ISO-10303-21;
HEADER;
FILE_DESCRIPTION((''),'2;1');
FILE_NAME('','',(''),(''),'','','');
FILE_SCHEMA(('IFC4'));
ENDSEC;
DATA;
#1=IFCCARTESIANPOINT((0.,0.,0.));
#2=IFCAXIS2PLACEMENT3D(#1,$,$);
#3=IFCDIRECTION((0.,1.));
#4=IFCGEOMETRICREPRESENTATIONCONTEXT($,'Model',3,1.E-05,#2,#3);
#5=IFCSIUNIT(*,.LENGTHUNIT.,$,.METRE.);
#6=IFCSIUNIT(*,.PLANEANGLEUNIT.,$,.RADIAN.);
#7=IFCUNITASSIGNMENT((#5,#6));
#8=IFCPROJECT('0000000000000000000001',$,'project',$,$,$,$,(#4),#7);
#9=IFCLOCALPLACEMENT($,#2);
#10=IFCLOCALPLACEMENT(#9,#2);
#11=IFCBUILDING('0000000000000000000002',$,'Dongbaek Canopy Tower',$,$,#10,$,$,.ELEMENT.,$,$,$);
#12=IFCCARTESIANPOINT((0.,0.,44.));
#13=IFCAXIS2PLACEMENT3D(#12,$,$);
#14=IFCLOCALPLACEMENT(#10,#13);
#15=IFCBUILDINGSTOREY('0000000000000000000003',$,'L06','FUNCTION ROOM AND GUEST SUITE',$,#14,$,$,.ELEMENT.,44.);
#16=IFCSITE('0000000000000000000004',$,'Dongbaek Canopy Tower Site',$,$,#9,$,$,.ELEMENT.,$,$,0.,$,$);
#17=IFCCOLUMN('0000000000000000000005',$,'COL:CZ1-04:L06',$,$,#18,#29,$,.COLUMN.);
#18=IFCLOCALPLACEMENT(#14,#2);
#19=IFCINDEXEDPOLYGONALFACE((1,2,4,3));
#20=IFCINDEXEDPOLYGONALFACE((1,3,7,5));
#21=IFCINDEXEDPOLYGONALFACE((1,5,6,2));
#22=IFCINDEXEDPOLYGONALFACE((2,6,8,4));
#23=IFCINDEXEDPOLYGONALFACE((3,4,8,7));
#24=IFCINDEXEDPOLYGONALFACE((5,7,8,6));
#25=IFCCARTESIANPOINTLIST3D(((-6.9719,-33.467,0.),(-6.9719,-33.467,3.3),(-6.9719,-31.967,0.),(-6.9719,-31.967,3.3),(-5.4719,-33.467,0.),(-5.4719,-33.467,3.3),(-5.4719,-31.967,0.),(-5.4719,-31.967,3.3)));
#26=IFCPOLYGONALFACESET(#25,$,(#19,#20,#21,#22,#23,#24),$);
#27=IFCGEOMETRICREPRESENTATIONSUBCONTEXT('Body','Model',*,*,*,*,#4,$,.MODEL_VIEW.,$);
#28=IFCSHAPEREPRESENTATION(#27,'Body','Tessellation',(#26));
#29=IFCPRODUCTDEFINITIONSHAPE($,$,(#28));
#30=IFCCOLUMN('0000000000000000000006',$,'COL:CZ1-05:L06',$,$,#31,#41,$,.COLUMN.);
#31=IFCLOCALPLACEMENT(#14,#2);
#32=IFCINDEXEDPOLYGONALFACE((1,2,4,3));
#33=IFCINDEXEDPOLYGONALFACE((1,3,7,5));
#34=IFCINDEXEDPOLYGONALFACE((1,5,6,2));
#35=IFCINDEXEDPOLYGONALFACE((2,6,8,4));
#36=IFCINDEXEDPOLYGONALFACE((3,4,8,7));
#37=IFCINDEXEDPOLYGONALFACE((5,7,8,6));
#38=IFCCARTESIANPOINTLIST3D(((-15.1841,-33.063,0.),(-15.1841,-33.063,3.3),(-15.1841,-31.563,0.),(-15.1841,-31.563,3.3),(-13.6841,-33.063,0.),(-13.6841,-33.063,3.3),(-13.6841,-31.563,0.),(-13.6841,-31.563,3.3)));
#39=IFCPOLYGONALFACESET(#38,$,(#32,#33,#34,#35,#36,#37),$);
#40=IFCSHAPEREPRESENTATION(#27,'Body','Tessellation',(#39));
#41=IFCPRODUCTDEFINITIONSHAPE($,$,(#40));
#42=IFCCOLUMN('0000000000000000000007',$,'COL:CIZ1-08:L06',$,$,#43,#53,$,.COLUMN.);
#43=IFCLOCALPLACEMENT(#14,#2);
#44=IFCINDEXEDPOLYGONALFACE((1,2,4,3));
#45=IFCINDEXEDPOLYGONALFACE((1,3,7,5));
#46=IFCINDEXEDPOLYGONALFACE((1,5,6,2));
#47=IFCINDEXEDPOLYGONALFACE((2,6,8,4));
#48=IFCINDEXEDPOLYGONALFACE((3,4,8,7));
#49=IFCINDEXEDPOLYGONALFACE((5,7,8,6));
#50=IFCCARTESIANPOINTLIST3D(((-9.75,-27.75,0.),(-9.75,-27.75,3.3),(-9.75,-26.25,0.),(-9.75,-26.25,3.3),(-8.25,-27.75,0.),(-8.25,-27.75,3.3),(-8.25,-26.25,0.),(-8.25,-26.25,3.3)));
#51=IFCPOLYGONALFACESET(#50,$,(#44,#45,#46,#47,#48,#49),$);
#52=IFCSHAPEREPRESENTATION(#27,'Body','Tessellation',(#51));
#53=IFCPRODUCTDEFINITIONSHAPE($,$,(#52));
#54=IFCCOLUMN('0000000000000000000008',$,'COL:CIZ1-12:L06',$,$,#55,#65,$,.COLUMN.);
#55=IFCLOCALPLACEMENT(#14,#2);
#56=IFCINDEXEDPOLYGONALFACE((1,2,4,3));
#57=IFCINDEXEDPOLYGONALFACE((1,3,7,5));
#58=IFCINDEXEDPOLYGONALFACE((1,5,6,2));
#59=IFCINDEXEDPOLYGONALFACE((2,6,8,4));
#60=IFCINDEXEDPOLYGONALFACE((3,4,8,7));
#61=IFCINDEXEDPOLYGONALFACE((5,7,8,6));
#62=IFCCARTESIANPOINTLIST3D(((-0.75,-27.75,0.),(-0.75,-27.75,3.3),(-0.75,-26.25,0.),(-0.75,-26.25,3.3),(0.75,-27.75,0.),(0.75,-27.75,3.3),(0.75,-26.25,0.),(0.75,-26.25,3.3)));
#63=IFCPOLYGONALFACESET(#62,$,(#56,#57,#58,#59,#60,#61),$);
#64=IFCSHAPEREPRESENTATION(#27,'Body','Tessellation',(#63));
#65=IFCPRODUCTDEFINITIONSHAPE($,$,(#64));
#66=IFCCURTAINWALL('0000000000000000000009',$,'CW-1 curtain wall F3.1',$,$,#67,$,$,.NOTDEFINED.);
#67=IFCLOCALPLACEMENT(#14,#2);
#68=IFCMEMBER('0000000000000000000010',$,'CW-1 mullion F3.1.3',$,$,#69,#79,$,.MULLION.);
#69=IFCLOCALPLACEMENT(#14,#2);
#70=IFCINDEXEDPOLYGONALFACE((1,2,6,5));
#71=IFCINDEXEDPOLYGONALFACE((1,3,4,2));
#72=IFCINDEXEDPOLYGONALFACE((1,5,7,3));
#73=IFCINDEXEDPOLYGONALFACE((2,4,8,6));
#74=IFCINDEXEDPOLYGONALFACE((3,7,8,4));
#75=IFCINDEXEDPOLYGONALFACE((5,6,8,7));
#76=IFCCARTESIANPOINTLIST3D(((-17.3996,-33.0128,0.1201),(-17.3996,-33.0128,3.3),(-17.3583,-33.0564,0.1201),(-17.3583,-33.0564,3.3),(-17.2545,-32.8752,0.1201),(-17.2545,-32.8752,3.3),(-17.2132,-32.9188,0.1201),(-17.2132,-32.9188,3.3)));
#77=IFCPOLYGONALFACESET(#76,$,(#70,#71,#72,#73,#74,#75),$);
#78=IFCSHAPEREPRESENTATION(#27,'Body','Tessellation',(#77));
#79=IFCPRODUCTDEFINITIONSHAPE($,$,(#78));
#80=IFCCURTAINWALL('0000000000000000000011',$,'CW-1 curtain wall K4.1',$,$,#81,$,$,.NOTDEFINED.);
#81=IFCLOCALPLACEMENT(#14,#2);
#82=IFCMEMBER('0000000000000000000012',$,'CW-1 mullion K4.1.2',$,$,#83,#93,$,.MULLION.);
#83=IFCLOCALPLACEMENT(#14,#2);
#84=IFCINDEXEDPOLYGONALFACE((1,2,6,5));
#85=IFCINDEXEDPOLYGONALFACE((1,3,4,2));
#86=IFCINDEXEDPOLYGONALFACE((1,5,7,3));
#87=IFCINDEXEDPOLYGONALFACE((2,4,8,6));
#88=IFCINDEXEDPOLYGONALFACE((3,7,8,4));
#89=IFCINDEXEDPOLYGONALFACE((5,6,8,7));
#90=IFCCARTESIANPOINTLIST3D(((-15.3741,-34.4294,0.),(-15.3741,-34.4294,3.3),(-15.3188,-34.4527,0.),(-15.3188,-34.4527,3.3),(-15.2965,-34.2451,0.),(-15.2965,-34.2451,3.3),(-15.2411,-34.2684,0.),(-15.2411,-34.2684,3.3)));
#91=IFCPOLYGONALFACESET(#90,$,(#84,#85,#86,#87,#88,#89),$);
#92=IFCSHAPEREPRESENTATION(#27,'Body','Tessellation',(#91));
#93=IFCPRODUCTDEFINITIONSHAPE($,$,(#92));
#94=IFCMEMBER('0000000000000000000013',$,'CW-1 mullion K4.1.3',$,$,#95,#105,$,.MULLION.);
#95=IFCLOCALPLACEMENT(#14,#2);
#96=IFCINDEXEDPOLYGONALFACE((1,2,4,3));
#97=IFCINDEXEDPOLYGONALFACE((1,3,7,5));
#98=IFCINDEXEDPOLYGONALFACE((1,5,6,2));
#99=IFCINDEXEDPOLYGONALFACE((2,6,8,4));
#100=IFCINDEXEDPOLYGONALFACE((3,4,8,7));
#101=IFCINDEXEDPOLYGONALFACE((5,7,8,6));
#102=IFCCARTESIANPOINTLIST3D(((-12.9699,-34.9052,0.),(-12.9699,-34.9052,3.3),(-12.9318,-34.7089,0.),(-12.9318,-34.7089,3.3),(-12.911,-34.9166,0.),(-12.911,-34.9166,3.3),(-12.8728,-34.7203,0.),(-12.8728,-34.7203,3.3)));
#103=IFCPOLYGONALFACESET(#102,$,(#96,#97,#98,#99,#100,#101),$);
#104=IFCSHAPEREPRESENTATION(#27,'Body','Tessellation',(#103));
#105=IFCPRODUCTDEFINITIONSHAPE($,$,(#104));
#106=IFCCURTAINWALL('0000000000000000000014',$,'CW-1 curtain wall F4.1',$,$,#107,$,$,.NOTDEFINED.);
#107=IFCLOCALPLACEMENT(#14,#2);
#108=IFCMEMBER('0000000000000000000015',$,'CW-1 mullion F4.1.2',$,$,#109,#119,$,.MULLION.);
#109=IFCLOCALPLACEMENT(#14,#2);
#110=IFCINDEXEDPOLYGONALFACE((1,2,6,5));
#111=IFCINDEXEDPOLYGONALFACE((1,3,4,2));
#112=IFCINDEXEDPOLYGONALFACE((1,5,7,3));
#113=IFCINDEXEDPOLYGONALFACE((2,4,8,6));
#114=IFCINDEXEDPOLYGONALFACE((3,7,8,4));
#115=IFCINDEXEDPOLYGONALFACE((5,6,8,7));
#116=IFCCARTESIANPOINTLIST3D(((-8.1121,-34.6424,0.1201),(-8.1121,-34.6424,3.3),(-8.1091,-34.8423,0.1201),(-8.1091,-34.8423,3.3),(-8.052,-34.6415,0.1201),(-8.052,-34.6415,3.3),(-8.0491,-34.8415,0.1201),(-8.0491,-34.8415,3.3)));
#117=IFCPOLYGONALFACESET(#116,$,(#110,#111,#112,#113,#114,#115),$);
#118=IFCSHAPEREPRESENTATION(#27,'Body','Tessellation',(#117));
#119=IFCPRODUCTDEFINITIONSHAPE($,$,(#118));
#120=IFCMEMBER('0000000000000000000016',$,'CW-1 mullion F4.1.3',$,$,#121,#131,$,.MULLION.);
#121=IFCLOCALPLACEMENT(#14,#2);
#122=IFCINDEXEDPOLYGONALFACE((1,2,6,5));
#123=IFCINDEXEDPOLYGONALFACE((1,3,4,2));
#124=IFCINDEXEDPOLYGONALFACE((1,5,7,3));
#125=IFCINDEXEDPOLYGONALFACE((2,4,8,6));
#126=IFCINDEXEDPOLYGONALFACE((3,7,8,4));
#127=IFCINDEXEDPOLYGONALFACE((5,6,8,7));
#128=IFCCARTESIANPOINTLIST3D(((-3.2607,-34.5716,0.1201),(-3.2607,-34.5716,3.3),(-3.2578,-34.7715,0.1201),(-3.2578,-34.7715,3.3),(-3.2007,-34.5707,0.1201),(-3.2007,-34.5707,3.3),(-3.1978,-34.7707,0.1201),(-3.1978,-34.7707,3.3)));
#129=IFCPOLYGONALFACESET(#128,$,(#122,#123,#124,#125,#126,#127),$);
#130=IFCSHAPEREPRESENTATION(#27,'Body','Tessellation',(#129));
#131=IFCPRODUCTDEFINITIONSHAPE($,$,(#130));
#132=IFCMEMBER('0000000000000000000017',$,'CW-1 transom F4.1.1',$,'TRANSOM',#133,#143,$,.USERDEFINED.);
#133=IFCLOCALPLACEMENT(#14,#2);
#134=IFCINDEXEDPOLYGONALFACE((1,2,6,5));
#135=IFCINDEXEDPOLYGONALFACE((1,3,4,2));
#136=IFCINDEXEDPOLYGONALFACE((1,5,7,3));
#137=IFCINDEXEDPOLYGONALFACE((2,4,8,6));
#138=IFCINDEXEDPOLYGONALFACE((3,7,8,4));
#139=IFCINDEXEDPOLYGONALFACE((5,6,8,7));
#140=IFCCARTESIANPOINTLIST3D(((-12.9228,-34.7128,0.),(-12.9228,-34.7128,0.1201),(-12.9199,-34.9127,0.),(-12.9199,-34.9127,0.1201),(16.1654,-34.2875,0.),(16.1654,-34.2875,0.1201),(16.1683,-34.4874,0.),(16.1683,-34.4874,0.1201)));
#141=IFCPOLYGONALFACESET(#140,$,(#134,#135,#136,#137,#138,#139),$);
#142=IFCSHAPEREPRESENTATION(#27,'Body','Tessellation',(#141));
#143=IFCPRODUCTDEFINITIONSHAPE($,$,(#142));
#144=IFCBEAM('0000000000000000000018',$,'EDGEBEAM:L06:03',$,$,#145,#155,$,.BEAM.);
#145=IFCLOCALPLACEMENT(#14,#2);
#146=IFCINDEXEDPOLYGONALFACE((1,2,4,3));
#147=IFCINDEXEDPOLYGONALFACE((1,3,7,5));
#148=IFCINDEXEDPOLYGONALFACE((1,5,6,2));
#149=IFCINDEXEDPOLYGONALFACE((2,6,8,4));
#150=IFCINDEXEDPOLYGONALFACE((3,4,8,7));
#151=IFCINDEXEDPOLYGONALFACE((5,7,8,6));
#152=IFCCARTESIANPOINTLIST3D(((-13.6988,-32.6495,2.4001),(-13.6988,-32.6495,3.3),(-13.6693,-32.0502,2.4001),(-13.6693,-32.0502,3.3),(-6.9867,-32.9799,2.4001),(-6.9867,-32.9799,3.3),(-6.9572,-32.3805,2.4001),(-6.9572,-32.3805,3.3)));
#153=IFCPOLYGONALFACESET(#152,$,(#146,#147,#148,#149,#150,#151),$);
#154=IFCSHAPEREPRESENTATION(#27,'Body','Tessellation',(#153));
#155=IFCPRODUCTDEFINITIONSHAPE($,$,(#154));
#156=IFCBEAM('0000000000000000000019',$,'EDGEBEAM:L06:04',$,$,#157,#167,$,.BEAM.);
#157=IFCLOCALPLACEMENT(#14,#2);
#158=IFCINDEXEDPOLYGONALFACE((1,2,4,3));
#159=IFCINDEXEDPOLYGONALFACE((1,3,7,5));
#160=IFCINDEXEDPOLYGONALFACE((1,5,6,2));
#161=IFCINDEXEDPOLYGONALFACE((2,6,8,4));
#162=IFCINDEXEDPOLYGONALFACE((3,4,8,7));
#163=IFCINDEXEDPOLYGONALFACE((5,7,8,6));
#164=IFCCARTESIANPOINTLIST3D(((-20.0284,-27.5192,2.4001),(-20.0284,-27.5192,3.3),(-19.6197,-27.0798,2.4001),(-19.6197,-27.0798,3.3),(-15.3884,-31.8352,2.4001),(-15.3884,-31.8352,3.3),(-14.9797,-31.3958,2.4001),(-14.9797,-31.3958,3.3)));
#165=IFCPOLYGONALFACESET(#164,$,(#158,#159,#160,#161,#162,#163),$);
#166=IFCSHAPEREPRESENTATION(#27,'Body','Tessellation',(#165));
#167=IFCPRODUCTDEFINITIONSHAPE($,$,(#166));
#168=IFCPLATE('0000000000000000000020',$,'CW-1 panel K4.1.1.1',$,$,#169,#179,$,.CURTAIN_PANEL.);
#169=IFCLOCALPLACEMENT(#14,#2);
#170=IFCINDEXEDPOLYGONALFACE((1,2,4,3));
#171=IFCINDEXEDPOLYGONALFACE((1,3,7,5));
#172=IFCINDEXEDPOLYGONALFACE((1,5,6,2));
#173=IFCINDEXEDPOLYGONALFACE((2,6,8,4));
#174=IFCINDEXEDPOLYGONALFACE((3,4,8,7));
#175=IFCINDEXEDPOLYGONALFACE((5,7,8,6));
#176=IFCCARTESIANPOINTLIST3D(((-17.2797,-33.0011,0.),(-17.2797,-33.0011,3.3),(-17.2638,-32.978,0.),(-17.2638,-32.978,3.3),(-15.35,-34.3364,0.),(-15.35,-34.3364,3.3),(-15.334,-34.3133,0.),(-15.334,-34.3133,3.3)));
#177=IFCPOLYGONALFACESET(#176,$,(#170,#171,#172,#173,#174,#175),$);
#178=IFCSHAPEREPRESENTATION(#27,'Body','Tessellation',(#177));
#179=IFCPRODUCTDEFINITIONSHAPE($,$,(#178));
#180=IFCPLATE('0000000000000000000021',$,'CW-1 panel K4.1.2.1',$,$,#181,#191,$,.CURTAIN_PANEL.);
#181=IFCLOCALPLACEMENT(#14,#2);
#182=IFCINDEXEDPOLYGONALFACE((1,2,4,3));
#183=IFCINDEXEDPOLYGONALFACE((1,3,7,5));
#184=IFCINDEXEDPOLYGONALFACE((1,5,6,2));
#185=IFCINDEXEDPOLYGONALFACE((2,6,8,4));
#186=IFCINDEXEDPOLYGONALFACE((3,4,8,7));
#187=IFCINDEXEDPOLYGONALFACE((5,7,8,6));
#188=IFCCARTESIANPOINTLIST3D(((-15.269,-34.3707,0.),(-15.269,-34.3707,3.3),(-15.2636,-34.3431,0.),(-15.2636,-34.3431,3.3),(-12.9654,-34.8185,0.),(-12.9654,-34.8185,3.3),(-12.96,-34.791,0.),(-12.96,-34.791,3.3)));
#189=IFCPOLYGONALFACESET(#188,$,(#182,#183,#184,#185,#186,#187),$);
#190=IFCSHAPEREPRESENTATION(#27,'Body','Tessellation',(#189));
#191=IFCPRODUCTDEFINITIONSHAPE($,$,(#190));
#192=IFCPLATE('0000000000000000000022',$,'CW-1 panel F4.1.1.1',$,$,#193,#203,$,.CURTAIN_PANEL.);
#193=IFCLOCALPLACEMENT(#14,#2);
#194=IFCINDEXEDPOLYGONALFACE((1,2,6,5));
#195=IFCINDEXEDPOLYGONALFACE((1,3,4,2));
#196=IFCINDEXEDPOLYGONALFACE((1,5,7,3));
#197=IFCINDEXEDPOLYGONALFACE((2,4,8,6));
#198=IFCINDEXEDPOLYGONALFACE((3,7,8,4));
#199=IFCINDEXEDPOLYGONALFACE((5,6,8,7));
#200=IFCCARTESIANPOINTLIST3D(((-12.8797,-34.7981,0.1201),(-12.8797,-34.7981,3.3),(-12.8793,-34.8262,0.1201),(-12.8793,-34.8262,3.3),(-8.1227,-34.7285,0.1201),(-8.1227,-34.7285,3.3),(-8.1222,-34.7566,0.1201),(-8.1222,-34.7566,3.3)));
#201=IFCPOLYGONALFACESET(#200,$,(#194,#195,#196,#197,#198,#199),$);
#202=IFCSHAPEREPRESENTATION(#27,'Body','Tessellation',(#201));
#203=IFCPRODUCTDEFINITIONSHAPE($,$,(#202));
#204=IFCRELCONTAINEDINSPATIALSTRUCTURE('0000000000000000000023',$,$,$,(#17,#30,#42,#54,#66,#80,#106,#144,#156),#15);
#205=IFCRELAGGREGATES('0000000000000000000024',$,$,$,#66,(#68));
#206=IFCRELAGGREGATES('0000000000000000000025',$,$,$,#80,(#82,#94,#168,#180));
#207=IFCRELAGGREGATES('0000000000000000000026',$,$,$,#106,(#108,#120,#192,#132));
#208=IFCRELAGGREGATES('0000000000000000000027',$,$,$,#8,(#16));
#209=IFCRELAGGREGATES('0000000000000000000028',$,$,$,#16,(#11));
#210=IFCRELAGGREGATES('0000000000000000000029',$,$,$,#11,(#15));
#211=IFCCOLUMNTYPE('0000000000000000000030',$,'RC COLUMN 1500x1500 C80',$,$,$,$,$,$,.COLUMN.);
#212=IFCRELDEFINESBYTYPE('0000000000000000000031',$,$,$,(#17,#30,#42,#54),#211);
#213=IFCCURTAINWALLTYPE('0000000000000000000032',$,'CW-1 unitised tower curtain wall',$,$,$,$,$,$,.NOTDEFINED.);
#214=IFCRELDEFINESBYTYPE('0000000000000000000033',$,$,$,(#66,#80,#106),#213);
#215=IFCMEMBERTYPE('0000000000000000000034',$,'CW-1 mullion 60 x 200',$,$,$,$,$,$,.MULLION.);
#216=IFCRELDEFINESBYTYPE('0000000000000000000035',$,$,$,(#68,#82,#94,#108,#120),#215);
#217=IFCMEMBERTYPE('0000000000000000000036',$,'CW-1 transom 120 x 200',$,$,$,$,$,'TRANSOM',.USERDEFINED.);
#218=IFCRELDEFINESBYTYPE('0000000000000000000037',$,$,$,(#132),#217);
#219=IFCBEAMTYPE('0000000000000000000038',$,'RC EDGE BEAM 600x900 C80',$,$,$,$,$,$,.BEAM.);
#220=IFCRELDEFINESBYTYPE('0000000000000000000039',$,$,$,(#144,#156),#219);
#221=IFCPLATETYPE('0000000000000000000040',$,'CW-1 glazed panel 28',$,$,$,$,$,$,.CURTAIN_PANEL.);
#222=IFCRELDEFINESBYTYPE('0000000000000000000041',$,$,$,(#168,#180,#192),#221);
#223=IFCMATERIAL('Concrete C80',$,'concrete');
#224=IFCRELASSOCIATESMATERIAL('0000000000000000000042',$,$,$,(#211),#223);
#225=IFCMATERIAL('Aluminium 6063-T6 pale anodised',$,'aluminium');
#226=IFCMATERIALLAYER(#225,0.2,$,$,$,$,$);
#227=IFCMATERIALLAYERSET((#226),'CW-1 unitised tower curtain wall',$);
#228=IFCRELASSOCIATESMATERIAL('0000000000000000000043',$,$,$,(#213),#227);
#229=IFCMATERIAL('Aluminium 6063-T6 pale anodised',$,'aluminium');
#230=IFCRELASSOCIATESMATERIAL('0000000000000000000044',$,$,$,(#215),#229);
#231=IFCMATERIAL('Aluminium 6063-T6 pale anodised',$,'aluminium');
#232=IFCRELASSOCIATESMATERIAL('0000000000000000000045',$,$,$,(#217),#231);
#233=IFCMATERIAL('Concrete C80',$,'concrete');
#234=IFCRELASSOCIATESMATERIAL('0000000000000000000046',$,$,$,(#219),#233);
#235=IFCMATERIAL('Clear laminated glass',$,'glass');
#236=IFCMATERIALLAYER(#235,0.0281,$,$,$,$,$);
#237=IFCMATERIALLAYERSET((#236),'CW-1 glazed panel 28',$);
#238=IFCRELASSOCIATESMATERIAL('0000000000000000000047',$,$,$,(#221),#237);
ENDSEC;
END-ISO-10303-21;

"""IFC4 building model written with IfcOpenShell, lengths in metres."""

from ifc_helpers import new_model, si_unit, direction, frame, origin, origin_2d, place, context, subcontext, project, spatial, rectangle, extrude, material, layer, layer_set, material_profile, profile_set, type_object, element, aggregate, save


model = new_model("IFC4")

# Units and contexts
model_context = context("Model", 3, precision=1e-05, world=origin(), true_north=direction((0.0, 1.0)))
body_context = subcontext(model_context, "Body", "Model", "MODEL_VIEW")
ifc_project = project(units=[si_unit("LENGTHUNIT", "METRE"), si_unit("PLANEANGLEUNIT", "RADIAN")], contexts=[model_context])

# Site, building, storey
site_placement = place(None, origin())
site = spatial("IfcSite", under=ifc_project, at=site_placement, Name="Dongbaek Canopy Tower Site", CompositionType="ELEMENT", RefElevation=0.0)
building_placement = place(site_placement, origin())
building = spatial("IfcBuilding", under=site, at=building_placement, Name="Dongbaek Canopy Tower", CompositionType="ELEMENT")
storey_placement = place(building_placement, frame((0.0, 0.0, 44.0)))
storey = spatial("IfcBuildingStorey", under=building, at=storey_placement, Name="L06", Description="FUNCTION ROOM AND GUEST SUITE", CompositionType="ELEMENT", Elevation=44.0)

# Columns
ifc_material_1 = material(Name="Concrete C80", Category="concrete")
ifc_material_profile_1 = material_profile(ifc_material_1, rectangle(XDim=1.5, YDim=1.5, at=origin_2d()), Name="RC COLUMN 1500x1500 C80")
ifc_profile_set_1 = profile_set([ifc_material_profile_1], Name="Concrete C80")
column_type = type_object("IfcColumnType", Name="RC COLUMN 1500x1500 C80", PredefinedType="COLUMN", material=ifc_profile_set_1)
for number, where, z_axis, x_axis, name in (
    (1, (-6.2219, -32.717, 0.0), (0.0, 0.0, 1.0), (1.0, 0.0, 0.0), "COL:CZ1-04:L06"),
    (2, (-14.4341, -32.313, 0.0), (0.0, 0.0, 1.0), (1.0, 0.0, 0.0), "COL:CZ1-05:L06"),
    (3, (-9.0, -27.0, 0.0), (0.0, 0.0, 1.0), (1.0, 0.0, 0.0), "COL:CIZ1-08:L06"),
    (4, (0.0, -27.0, 0.0), (0.0, 0.0, 1.0), (1.0, 0.0, 0.0), "COL:CIZ1-12:L06"),
):
    element("IfcColumn", number, at=place(storey_placement, frame(where, z_axis=z_axis, x_axis=x_axis)), inside=storey, type_object=column_type, Name=name, PredefinedType="COLUMN", context=body_context, shape_type="SweptSolid", body=[
        extrude(rectangle(XDim=1.5, YDim=1.5, at=origin_2d()), origin(), (0.0, 0.0, 1.0), 3.3),
    ])

# Curtain wall, member
ifc_material_2 = material(Name="Aluminium 6063-T6 pale anodised", Category="aluminium")
ifc_layer_1 = layer(ifc_material_2, 0.2)
ifc_layer_set_1 = layer_set([ifc_layer_1], Name="CW-1 unitised tower curtain wall")
curtain_wall_type = type_object("IfcCurtainWallType", Name="CW-1 unitised tower curtain wall", PredefinedType="NOTDEFINED", material=ifc_layer_set_1)
curtain_wall_1_placement = place(storey_placement, origin())
curtain_wall_1 = element("IfcCurtainWall", 5, at=curtain_wall_1_placement, inside=storey, type_object=curtain_wall_type, Name="CW-1 curtain wall F3.1", PredefinedType="NOTDEFINED")
ifc_material_3 = material(Name="Aluminium 6063-T6 pale anodised", Category="aluminium")
ifc_material_profile_2 = material_profile(ifc_material_3, rectangle(XDim=0.2, YDim=0.0601, at=origin_2d()), Name="CW-1 mullion 60 x 200")
ifc_profile_set_2 = profile_set([ifc_material_profile_2], Name="Aluminium 6063-T6 pale anodised")
member_type_1 = type_object("IfcMemberType", Name="CW-1 mullion 60 x 200", PredefinedType="MULLION", material=ifc_profile_set_2)
member_1_placement = place(storey_placement, frame((-17.3064, -32.9658, 0.1201), z_axis=(0.0, 0.0, 1.0), x_axis=(-0.725627, -0.688089, 0.0)))
member_1 = element("IfcMember", 6, at=member_1_placement, type_object=member_type_1, Name="CW-1 mullion F3.1.3", PredefinedType="MULLION", context=body_context, shape_type="SweptSolid", body=[
    extrude(rectangle(XDim=0.2, YDim=0.0601, at=origin_2d()), origin(), (0.0, 0.0, 1.0), 3.1799),
])

# Curtain walls, members
curtain_wall_2_placement = place(storey_placement, origin())
curtain_wall_2 = element("IfcCurtainWall", 7, at=curtain_wall_2_placement, inside=storey, type_object=curtain_wall_type, Name="CW-1 curtain wall K4.1", PredefinedType="NOTDEFINED")
member_2_placement = place(storey_placement, frame((-15.3076, -34.3489, 0.0), z_axis=(0.0, 0.0, 1.0), x_axis=(-0.388186, -0.921581, 0.0)))
member_2 = element("IfcMember", 8, at=member_2_placement, type_object=member_type_1, Name="CW-1 mullion K4.1.2", PredefinedType="MULLION", context=body_context, shape_type="SweptSolid", body=[
    extrude(rectangle(XDim=0.2, YDim=0.0601, at=origin_2d()), origin(), (0.0, 0.0, 1.0), 3.3),
])
member_3_placement = place(storey_placement, frame((-12.9214, -34.8127, 0.0), z_axis=(0.0, 0.0, 1.0), x_axis=(-0.190844, -0.98162, 0.0)))
member_3 = element("IfcMember", 9, at=member_3_placement, type_object=member_type_1, Name="CW-1 mullion K4.1.3", PredefinedType="MULLION", context=body_context, shape_type="SweptSolid", body=[
    extrude(rectangle(XDim=0.2, YDim=0.0601, at=origin_2d()), origin(), (0.0, 0.0, 1.0), 3.3),
])
curtain_wall_3_placement = place(storey_placement, origin())
curtain_wall_3 = element("IfcCurtainWall", 10, at=curtain_wall_3_placement, inside=storey, type_object=curtain_wall_type, Name="CW-1 curtain wall F4.1", PredefinedType="NOTDEFINED")
member_4_placement = place(storey_placement, frame((-8.0806, -34.7419, 0.1201), z_axis=(0.0, 0.0, 1.0), x_axis=(0.014619, -0.999893, 0.0)))
member_4 = element("IfcMember", 11, at=member_4_placement, type_object=member_type_1, Name="CW-1 mullion F4.1.2", PredefinedType="MULLION", context=body_context, shape_type="SweptSolid", body=[
    extrude(rectangle(XDim=0.2, YDim=0.0601, at=origin_2d()), origin(), (0.0, 0.0, 1.0), 3.1799),
])
member_5_placement = place(storey_placement, frame((-3.2292, -34.6711, 0.1201), z_axis=(0.0, 0.0, 1.0), x_axis=(0.014619, -0.999893, 0.0)))
member_5 = element("IfcMember", 12, at=member_5_placement, type_object=member_type_1, Name="CW-1 mullion F4.1.3", PredefinedType="MULLION", context=body_context, shape_type="SweptSolid", body=[
    extrude(rectangle(XDim=0.2, YDim=0.0601, at=origin_2d()), origin(), (0.0, 0.0, 1.0), 3.1799),
])
ifc_material_4 = material(Name="Aluminium 6063-T6 pale anodised", Category="aluminium")
ifc_material_profile_3 = material_profile(ifc_material_4, rectangle(XDim=0.2, YDim=0.1201, at=origin_2d()), Name="CW-1 transom 120 x 200")
ifc_profile_set_3 = profile_set([ifc_material_profile_3], Name="Aluminium 6063-T6 pale anodised")
member_type_2 = type_object("IfcMemberType", Name="CW-1 transom 120 x 200", ElementType="TRANSOM", PredefinedType="USERDEFINED", material=ifc_profile_set_3)
member_6_placement = place(storey_placement, frame((-12.9214, -34.8127, 0.0601), z_axis=(0.999893, 0.014619, 0.0), x_axis=(-0.014619, 0.999893, 0.0)))
member_6 = element("IfcMember", 13, at=member_6_placement, type_object=member_type_2, Name="CW-1 transom F4.1.1", ObjectType="TRANSOM", PredefinedType="USERDEFINED", context=body_context, shape_type="SweptSolid", body=[
    extrude(rectangle(XDim=0.2, YDim=0.1201, at=origin_2d()), origin(), (0.0, 0.0, 1.0), 29.0913),
])

# Beams
ifc_material_5 = material(Name="Concrete C80", Category="concrete")
ifc_material_profile_4 = material_profile(ifc_material_5, rectangle(XDim=0.6001, YDim=0.8999, at=origin_2d()), Name="RC EDGE BEAM 600x900 C80")
ifc_profile_set_4 = profile_set([ifc_material_profile_4], Name="Concrete C80")
beam_type = type_object("IfcBeamType", Name="RC EDGE BEAM 600x900 C80", PredefinedType="BEAM", material=ifc_profile_set_4)
beam_1_placement = place(storey_placement, frame((-6.9719, -32.6802, 2.8501), z_axis=(-0.998791, 0.049153, 0.0), x_axis=(-0.049153, -0.998791, 0.0)))
element("IfcBeam", 14, at=beam_1_placement, inside=storey, type_object=beam_type, Name="EDGEBEAM:L06:03", PredefinedType="BEAM", context=body_context, shape_type="SweptSolid", body=[
    extrude(rectangle(XDim=0.6001, YDim=0.8999, at=origin_2d()), origin(), (0.0, 0.0, 1.0), 6.7202),
])
beam_2_placement = place(storey_placement, frame((-15.1841, -31.6155, 2.8501), z_axis=(-0.732207, 0.681082, 0.0), x_axis=(-0.681082, -0.732207, 0.0)))
element("IfcBeam", 15, at=beam_2_placement, inside=storey, type_object=beam_type, Name="EDGEBEAM:L06:04", PredefinedType="BEAM", context=body_context, shape_type="SweptSolid", body=[
    extrude(rectangle(XDim=0.6001, YDim=0.8999, at=origin_2d()), origin(), (0.0, 0.0, 1.0), 6.3369),
])

# Plates
ifc_material_6 = material(Name="Clear laminated glass", Category="glass")
ifc_layer_2 = layer(ifc_material_6, 0.0281)
ifc_layer_set_2 = layer_set([ifc_layer_2], Name="CW-1 glazed panel 28")
plate_type = type_object("IfcPlateType", Name="CW-1 glazed panel 28", PredefinedType="CURTAIN_PANEL", material=ifc_layer_set_2)
plate_1_placement = place(storey_placement, frame((-16.3069, -33.6572, 0.0), z_axis=(0.0, 0.0, 1.0), x_axis=(0.822329, -0.569012, 0.0)))
plate_1 = element("IfcPlate", 16, at=plate_1_placement, type_object=plate_type, Name="CW-1 panel K4.1.1.1", PredefinedType="CURTAIN_PANEL", context=body_context, shape_type="SweptSolid", body=[
    extrude(rectangle(XDim=2.3467, YDim=0.0281, at=origin_2d()), origin(), (0.0, 0.0, 1.0), 3.3),
])
plate_2_placement = place(storey_placement, frame((-14.1145, -34.5808, 0.0), z_axis=(0.0, 0.0, 1.0), x_axis=(0.98162, -0.190844, 0.0)))
plate_2 = element("IfcPlate", 17, at=plate_2_placement, type_object=plate_type, Name="CW-1 panel K4.1.2.1", PredefinedType="CURTAIN_PANEL", context=body_context, shape_type="SweptSolid", body=[
    extrude(rectangle(XDim=2.3467, YDim=0.0281, at=origin_2d()), origin(), (0.0, 0.0, 1.0), 3.3),
])
plate_3_placement = place(storey_placement, frame((-10.501, -34.7773, 0.1201), z_axis=(0.0, 0.0, 1.0), x_axis=(0.999893, 0.014619, 0.0)))
plate_3 = element("IfcPlate", 18, at=plate_3_placement, type_object=plate_type, Name="CW-1 panel F4.1.1.1", PredefinedType="CURTAIN_PANEL", context=body_context, shape_type="SweptSolid", body=[
    extrude(rectangle(XDim=4.7576, YDim=0.0281, at=origin_2d()), origin(), (0.0, 0.0, 1.0), 3.1799),
])

aggregate(curtain_wall_1, [member_1])
aggregate(curtain_wall_2, [member_2, member_3, plate_1, plate_2])
aggregate(curtain_wall_3, [member_4, member_5, plate_3, member_6])

save(model, "model.ifc")
